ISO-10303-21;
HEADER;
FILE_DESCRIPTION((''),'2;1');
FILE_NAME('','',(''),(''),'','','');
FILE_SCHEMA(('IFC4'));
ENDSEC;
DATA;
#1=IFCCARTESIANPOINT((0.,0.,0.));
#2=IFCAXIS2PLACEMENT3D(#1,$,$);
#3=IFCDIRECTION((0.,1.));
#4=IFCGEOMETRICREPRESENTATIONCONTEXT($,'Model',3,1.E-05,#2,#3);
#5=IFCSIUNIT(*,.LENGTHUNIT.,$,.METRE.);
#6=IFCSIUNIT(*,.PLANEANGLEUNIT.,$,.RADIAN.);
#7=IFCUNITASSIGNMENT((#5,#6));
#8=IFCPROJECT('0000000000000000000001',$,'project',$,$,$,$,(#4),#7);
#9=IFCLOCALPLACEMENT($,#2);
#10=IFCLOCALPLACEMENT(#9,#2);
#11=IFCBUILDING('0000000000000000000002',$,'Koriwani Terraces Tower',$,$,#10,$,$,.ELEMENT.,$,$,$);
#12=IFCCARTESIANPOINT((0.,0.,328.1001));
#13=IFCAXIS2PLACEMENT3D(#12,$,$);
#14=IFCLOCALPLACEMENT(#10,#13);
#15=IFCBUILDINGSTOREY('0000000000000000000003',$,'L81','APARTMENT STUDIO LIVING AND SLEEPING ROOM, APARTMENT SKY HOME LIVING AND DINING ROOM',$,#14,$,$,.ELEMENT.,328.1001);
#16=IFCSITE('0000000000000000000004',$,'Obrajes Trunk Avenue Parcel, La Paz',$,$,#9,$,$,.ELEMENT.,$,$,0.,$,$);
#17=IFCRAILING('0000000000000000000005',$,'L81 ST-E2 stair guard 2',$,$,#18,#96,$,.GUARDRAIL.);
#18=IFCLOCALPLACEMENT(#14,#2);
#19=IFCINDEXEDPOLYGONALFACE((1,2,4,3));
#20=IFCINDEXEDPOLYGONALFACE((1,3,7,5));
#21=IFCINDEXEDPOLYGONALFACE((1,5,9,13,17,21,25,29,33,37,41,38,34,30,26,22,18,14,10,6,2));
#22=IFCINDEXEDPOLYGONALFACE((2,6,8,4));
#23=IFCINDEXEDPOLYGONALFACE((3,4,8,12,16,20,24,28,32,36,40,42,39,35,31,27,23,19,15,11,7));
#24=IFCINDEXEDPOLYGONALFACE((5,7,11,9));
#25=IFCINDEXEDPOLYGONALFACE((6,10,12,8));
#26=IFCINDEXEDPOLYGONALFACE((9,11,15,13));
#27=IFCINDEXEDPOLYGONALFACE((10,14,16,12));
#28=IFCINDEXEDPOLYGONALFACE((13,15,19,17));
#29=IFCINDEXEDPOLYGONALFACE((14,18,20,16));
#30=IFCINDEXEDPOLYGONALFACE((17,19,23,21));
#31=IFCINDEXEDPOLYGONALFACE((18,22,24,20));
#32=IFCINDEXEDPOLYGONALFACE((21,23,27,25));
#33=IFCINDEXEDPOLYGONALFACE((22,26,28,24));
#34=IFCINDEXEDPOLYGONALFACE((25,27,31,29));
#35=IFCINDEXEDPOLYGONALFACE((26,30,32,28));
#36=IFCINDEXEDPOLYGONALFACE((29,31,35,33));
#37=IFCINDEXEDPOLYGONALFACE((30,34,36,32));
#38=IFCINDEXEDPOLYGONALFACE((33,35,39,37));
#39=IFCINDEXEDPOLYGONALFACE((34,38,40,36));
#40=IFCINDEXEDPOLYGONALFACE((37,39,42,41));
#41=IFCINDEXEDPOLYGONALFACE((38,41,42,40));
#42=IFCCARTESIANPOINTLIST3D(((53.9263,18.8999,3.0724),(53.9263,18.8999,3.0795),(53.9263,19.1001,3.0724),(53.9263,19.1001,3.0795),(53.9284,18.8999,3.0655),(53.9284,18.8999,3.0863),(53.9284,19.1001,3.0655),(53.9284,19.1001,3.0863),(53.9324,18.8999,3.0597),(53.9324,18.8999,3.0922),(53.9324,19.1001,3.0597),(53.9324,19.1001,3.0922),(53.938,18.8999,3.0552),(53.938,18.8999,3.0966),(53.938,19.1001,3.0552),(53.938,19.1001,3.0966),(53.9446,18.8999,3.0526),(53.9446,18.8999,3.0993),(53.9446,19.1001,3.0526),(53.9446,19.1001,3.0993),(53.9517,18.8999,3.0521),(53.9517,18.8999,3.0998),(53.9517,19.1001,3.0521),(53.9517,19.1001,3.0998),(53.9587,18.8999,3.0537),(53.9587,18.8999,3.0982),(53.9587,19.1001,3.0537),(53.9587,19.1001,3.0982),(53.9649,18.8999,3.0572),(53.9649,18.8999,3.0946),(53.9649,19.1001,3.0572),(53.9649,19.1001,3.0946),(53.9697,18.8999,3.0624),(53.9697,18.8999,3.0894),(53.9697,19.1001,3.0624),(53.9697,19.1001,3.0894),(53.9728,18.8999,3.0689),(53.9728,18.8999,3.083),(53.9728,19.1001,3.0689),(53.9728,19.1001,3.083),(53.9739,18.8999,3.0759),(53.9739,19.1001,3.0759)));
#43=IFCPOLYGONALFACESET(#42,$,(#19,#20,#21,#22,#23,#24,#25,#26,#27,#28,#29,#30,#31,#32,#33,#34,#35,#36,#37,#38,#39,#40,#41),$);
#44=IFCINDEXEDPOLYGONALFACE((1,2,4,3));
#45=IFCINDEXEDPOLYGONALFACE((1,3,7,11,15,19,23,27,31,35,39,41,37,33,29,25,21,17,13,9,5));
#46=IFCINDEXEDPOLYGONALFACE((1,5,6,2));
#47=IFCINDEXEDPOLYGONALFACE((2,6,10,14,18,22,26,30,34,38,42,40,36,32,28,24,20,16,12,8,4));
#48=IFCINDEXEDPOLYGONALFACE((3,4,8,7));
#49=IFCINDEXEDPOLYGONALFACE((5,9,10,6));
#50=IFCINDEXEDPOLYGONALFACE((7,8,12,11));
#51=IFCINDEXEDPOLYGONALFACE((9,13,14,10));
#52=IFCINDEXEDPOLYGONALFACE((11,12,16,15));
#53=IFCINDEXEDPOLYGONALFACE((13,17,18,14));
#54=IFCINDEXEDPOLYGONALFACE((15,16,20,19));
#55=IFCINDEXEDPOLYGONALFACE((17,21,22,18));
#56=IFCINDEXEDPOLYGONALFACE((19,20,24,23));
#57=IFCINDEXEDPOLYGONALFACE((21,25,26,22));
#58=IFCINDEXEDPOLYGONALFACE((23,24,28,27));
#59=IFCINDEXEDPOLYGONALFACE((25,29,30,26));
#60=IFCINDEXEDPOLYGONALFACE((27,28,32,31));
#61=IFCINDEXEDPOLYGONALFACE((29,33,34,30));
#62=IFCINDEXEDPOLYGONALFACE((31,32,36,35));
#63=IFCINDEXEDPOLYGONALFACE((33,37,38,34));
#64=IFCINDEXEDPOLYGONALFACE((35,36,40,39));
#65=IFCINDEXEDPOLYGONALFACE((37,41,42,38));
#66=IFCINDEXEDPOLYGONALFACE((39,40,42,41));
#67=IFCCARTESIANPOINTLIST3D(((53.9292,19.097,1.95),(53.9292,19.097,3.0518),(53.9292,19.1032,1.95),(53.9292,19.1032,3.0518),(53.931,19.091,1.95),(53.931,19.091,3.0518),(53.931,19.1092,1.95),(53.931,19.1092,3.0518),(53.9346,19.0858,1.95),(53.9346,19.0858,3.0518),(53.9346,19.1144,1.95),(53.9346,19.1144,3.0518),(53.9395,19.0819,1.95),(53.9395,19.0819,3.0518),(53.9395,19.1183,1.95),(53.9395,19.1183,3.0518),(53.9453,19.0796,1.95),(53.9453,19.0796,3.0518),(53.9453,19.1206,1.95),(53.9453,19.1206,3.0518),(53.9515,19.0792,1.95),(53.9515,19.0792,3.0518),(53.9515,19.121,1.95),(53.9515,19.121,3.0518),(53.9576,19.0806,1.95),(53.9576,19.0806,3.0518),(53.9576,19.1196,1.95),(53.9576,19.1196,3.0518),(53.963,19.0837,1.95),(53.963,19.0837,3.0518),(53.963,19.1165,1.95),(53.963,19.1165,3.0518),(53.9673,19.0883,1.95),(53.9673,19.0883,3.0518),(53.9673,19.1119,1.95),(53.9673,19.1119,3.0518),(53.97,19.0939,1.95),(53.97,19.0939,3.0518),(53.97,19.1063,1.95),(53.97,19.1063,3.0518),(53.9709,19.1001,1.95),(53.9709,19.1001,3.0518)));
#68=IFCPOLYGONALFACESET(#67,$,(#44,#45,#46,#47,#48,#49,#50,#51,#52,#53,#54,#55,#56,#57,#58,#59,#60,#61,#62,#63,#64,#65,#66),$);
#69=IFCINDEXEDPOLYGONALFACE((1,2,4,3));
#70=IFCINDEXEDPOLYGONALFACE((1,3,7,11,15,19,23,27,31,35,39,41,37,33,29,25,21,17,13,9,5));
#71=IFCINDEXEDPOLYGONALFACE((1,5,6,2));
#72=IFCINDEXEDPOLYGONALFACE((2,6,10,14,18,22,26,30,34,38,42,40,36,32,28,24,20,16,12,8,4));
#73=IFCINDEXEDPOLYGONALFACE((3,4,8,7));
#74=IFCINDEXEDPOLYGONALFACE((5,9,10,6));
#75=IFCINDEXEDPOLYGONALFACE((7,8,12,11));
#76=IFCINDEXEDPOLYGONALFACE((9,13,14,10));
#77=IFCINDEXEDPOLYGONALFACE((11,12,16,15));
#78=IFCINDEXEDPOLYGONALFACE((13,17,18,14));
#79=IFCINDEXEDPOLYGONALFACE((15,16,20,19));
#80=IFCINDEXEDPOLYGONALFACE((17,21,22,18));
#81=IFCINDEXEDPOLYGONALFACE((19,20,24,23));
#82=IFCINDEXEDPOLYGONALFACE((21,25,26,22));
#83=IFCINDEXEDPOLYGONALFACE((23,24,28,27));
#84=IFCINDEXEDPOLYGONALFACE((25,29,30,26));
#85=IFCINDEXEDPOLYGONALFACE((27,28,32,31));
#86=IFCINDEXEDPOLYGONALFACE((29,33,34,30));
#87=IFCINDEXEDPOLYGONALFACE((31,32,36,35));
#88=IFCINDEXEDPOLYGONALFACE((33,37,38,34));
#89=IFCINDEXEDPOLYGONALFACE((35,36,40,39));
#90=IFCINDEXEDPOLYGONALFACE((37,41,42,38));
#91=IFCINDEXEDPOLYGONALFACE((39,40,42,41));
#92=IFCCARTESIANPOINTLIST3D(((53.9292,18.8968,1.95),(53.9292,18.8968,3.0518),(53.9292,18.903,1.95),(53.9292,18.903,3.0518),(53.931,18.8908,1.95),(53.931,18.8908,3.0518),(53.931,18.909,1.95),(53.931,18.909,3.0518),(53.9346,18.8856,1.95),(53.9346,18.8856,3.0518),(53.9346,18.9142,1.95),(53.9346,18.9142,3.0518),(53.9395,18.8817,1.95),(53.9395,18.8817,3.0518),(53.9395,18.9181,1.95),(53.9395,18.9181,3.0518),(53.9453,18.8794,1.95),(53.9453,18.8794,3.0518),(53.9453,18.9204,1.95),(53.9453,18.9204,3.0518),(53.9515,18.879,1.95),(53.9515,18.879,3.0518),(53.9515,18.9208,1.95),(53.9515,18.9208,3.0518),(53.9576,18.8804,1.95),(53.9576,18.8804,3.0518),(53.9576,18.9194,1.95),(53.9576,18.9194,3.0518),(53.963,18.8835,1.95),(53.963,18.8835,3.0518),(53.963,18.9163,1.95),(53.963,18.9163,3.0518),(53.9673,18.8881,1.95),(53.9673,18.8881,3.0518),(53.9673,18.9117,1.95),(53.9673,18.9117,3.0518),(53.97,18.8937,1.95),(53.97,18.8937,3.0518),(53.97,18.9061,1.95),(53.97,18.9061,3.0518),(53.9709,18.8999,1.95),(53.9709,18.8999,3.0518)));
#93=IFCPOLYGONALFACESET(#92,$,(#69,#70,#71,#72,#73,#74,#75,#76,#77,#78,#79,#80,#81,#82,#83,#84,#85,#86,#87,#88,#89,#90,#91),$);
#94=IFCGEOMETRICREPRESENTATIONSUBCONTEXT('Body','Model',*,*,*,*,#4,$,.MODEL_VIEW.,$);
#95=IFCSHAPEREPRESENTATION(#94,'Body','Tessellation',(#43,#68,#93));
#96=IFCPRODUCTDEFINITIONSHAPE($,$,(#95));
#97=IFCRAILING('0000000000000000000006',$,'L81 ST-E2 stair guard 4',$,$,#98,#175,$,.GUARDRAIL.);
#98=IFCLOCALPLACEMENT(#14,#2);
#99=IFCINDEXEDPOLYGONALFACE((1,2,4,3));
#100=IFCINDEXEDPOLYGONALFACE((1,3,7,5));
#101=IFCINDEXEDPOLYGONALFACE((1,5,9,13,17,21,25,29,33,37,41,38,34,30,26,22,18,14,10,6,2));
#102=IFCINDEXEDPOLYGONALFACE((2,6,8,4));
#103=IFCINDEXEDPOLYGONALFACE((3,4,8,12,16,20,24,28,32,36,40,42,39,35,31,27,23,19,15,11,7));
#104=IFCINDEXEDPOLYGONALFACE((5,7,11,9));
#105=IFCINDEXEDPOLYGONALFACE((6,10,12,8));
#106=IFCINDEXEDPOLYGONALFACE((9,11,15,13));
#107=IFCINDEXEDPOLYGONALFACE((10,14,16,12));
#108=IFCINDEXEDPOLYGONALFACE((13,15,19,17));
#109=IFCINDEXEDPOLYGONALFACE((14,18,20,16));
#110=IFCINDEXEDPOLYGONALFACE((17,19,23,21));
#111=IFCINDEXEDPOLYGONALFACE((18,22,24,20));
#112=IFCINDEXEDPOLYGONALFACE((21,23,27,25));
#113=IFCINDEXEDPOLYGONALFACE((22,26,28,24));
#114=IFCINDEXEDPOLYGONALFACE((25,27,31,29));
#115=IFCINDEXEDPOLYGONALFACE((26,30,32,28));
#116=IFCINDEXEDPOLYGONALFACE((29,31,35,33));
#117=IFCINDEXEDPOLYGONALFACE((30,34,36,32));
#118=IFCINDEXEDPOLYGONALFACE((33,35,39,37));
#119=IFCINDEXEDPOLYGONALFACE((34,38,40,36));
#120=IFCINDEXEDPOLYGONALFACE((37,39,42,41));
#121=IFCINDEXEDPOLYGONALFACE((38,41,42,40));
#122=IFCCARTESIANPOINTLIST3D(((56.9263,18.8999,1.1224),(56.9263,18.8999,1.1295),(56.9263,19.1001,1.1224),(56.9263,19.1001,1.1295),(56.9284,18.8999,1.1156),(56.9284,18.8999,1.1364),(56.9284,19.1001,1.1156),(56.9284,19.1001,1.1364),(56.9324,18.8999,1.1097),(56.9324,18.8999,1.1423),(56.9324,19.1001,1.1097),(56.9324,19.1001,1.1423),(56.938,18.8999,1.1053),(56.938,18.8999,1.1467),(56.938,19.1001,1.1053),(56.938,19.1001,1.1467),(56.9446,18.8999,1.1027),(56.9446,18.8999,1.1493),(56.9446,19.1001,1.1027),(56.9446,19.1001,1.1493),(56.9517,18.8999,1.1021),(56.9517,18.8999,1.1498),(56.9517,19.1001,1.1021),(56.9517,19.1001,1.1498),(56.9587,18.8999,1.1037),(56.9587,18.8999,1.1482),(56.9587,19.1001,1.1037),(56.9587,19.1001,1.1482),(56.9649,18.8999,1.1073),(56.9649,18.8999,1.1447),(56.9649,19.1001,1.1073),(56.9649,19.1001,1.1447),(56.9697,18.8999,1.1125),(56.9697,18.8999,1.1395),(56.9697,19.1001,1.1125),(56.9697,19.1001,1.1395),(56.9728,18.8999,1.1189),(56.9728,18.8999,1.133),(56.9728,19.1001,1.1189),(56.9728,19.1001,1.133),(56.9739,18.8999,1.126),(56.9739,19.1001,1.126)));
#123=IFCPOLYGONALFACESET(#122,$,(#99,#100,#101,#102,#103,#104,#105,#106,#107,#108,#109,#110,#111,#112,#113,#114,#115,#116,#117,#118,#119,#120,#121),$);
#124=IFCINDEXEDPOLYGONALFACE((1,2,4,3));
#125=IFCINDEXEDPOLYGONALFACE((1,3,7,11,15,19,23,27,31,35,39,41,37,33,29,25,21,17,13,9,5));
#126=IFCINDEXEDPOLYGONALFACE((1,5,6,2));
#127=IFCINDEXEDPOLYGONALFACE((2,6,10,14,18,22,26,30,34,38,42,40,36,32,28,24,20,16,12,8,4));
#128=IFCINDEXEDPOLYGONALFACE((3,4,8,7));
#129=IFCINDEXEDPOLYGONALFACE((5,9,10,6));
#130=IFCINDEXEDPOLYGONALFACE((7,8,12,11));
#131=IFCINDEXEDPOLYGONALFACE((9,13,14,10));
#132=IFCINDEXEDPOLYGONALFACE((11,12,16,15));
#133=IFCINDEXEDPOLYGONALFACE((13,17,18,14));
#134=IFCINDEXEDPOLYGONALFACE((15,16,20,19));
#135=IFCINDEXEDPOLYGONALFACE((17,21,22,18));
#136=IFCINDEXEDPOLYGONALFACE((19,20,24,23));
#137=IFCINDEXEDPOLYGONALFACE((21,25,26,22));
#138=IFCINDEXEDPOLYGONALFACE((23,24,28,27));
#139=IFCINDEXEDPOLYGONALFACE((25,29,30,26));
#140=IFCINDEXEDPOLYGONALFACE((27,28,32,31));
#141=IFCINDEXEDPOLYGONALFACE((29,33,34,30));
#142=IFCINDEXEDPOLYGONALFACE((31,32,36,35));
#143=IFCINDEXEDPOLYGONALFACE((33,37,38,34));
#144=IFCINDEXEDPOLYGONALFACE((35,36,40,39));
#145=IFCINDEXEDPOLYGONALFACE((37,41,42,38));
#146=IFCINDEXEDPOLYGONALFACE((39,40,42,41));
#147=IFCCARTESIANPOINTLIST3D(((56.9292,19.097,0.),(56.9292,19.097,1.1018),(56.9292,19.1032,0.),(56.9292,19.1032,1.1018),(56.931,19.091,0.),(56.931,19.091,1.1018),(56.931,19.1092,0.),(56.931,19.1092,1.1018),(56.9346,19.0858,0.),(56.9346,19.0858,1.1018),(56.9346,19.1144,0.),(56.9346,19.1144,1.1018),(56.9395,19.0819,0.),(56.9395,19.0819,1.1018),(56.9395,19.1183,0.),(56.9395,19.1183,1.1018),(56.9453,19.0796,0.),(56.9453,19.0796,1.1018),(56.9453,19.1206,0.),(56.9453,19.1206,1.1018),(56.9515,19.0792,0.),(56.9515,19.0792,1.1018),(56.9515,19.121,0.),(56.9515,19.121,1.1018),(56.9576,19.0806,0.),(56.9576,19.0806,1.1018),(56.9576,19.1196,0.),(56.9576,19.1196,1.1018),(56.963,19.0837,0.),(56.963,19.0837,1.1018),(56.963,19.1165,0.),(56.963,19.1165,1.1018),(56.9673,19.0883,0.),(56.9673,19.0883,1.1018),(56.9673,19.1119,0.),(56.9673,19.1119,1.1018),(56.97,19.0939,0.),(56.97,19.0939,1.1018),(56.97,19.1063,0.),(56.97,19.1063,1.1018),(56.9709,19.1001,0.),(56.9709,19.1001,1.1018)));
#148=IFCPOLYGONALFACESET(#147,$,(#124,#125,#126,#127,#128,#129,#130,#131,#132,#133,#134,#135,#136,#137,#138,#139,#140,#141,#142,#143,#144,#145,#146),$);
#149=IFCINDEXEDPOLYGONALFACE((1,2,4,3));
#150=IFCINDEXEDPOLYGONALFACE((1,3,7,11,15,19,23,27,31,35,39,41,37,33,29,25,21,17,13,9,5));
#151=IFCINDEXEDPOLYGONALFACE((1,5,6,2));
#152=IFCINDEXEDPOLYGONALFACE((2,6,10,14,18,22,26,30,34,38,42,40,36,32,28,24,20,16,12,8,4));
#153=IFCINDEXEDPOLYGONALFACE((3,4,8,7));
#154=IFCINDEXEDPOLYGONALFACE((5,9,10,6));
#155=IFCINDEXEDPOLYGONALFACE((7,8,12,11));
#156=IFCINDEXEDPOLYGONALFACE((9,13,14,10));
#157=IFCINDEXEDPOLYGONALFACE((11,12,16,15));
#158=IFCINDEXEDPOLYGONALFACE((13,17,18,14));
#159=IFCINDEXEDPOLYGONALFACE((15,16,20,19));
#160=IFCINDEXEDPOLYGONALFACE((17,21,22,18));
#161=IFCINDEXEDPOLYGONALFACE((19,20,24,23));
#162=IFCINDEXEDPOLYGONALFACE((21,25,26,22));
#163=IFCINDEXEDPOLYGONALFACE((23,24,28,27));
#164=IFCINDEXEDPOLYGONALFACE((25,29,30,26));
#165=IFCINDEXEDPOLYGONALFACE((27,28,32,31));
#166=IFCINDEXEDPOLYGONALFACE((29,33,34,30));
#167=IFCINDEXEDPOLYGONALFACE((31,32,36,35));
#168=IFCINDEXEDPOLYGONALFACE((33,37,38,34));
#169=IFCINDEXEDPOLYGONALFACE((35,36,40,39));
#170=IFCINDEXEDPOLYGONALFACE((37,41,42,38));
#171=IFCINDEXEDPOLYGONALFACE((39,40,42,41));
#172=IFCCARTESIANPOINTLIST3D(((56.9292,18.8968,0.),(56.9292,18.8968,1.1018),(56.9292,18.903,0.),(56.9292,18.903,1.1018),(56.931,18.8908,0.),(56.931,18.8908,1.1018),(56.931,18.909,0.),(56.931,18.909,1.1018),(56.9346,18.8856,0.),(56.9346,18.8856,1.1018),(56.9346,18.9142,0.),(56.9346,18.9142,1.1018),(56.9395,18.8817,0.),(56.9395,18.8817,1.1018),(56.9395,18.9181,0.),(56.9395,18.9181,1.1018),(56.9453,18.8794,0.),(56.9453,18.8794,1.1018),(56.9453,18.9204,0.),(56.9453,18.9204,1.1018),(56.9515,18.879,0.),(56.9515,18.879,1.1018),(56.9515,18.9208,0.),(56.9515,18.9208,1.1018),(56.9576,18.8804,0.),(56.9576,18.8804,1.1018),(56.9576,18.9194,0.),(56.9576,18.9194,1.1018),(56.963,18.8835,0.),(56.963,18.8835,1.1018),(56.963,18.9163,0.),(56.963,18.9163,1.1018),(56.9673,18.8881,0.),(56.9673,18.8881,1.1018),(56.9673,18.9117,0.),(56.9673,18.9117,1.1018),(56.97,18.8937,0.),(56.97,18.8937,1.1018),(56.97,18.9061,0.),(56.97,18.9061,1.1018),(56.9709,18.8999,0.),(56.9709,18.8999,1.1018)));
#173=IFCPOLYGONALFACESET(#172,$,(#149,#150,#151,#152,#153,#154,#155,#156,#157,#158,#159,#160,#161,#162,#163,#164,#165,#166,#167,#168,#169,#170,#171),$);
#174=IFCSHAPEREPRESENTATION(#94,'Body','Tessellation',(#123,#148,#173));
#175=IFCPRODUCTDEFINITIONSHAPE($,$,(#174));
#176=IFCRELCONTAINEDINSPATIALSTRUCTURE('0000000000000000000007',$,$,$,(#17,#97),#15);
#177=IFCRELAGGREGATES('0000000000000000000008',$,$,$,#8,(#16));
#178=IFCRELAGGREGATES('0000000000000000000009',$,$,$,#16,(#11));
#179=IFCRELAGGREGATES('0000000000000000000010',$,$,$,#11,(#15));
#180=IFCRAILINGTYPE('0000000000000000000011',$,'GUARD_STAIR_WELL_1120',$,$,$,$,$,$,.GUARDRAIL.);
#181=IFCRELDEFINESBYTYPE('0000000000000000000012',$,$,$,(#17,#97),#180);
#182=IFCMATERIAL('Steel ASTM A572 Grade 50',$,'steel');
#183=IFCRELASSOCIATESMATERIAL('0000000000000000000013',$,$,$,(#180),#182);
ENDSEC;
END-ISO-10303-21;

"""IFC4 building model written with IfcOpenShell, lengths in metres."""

from ifc_helpers import new_model, si_unit, direction, frame, origin, origin_2d, place, context, subcontext, project, spatial, circle, extrude, material, type_object, element, save


model = new_model("IFC4")

# Units and contexts
model_context = context("Model", 3, precision=1e-05, world=origin(), true_north=direction((0.0, 1.0)))
body_context = subcontext(model_context, "Body", "Model", "MODEL_VIEW")
ifc_project = project(units=[si_unit("LENGTHUNIT", "METRE"), si_unit("PLANEANGLEUNIT", "RADIAN")], contexts=[model_context])

# Site, building, storey
site_placement = place(None, origin())
site = spatial("IfcSite", under=ifc_project, at=site_placement, Name="Obrajes Trunk Avenue Parcel, La Paz", CompositionType="ELEMENT", RefElevation=0.0)
building_placement = place(site_placement, origin())
building = spatial("IfcBuilding", under=site, at=building_placement, Name="Koriwani Terraces Tower", CompositionType="ELEMENT")
storey_placement = place(building_placement, frame((0.0, 0.0, 328.1001)))
storey = spatial("IfcBuildingStorey", under=building, at=storey_placement, Name="L81", Description="APARTMENT STUDIO LIVING AND SLEEPING ROOM, APARTMENT SKY HOME LIVING AND DINING ROOM", CompositionType="ELEMENT", Elevation=328.1001)

# Shared definitions
ifc_material_1 = material(Name="Steel ASTM A572 Grade 50", Category="steel")

# Railings
railing_type_1 = type_object("IfcRailingType", Name="GUARD_STAIR_WELL_1120", PredefinedType="GUARDRAIL", material=ifc_material_1)
for number, where, name in (
    (1, (53.95, 19.1001, 1.95), "L81 ST-E2 stair guard 2"),
    (2, (56.95, 19.1001, 0.0), "L81 ST-E2 stair guard 4"),
):
    element("IfcRailing", number, at=place(storey_placement, frame(where)), inside=storey, type_object=railing_type_1, Name=name, PredefinedType="GUARDRAIL", context=body_context, shape_type="SweptSolid", body=[
        extrude(circle(Radius=0.0239, at=origin_2d()), frame((0.0, 0.0, 1.126), z_axis=(0.0, -1.0, 0.0), x_axis=(1.0, 0.0, 0.0)), (0.0, 0.0, 1.0), 0.2002),
        extrude(circle(Radius=0.021, at=origin_2d()), origin(), (0.0, 0.0, 1.0), 1.1018),
        extrude(circle(Radius=0.021, at=origin_2d()), frame((0.0, -0.2002, 0.0)), (0.0, 0.0, 1.0), 1.1018),
    ])

save(model, "model.ifc")
